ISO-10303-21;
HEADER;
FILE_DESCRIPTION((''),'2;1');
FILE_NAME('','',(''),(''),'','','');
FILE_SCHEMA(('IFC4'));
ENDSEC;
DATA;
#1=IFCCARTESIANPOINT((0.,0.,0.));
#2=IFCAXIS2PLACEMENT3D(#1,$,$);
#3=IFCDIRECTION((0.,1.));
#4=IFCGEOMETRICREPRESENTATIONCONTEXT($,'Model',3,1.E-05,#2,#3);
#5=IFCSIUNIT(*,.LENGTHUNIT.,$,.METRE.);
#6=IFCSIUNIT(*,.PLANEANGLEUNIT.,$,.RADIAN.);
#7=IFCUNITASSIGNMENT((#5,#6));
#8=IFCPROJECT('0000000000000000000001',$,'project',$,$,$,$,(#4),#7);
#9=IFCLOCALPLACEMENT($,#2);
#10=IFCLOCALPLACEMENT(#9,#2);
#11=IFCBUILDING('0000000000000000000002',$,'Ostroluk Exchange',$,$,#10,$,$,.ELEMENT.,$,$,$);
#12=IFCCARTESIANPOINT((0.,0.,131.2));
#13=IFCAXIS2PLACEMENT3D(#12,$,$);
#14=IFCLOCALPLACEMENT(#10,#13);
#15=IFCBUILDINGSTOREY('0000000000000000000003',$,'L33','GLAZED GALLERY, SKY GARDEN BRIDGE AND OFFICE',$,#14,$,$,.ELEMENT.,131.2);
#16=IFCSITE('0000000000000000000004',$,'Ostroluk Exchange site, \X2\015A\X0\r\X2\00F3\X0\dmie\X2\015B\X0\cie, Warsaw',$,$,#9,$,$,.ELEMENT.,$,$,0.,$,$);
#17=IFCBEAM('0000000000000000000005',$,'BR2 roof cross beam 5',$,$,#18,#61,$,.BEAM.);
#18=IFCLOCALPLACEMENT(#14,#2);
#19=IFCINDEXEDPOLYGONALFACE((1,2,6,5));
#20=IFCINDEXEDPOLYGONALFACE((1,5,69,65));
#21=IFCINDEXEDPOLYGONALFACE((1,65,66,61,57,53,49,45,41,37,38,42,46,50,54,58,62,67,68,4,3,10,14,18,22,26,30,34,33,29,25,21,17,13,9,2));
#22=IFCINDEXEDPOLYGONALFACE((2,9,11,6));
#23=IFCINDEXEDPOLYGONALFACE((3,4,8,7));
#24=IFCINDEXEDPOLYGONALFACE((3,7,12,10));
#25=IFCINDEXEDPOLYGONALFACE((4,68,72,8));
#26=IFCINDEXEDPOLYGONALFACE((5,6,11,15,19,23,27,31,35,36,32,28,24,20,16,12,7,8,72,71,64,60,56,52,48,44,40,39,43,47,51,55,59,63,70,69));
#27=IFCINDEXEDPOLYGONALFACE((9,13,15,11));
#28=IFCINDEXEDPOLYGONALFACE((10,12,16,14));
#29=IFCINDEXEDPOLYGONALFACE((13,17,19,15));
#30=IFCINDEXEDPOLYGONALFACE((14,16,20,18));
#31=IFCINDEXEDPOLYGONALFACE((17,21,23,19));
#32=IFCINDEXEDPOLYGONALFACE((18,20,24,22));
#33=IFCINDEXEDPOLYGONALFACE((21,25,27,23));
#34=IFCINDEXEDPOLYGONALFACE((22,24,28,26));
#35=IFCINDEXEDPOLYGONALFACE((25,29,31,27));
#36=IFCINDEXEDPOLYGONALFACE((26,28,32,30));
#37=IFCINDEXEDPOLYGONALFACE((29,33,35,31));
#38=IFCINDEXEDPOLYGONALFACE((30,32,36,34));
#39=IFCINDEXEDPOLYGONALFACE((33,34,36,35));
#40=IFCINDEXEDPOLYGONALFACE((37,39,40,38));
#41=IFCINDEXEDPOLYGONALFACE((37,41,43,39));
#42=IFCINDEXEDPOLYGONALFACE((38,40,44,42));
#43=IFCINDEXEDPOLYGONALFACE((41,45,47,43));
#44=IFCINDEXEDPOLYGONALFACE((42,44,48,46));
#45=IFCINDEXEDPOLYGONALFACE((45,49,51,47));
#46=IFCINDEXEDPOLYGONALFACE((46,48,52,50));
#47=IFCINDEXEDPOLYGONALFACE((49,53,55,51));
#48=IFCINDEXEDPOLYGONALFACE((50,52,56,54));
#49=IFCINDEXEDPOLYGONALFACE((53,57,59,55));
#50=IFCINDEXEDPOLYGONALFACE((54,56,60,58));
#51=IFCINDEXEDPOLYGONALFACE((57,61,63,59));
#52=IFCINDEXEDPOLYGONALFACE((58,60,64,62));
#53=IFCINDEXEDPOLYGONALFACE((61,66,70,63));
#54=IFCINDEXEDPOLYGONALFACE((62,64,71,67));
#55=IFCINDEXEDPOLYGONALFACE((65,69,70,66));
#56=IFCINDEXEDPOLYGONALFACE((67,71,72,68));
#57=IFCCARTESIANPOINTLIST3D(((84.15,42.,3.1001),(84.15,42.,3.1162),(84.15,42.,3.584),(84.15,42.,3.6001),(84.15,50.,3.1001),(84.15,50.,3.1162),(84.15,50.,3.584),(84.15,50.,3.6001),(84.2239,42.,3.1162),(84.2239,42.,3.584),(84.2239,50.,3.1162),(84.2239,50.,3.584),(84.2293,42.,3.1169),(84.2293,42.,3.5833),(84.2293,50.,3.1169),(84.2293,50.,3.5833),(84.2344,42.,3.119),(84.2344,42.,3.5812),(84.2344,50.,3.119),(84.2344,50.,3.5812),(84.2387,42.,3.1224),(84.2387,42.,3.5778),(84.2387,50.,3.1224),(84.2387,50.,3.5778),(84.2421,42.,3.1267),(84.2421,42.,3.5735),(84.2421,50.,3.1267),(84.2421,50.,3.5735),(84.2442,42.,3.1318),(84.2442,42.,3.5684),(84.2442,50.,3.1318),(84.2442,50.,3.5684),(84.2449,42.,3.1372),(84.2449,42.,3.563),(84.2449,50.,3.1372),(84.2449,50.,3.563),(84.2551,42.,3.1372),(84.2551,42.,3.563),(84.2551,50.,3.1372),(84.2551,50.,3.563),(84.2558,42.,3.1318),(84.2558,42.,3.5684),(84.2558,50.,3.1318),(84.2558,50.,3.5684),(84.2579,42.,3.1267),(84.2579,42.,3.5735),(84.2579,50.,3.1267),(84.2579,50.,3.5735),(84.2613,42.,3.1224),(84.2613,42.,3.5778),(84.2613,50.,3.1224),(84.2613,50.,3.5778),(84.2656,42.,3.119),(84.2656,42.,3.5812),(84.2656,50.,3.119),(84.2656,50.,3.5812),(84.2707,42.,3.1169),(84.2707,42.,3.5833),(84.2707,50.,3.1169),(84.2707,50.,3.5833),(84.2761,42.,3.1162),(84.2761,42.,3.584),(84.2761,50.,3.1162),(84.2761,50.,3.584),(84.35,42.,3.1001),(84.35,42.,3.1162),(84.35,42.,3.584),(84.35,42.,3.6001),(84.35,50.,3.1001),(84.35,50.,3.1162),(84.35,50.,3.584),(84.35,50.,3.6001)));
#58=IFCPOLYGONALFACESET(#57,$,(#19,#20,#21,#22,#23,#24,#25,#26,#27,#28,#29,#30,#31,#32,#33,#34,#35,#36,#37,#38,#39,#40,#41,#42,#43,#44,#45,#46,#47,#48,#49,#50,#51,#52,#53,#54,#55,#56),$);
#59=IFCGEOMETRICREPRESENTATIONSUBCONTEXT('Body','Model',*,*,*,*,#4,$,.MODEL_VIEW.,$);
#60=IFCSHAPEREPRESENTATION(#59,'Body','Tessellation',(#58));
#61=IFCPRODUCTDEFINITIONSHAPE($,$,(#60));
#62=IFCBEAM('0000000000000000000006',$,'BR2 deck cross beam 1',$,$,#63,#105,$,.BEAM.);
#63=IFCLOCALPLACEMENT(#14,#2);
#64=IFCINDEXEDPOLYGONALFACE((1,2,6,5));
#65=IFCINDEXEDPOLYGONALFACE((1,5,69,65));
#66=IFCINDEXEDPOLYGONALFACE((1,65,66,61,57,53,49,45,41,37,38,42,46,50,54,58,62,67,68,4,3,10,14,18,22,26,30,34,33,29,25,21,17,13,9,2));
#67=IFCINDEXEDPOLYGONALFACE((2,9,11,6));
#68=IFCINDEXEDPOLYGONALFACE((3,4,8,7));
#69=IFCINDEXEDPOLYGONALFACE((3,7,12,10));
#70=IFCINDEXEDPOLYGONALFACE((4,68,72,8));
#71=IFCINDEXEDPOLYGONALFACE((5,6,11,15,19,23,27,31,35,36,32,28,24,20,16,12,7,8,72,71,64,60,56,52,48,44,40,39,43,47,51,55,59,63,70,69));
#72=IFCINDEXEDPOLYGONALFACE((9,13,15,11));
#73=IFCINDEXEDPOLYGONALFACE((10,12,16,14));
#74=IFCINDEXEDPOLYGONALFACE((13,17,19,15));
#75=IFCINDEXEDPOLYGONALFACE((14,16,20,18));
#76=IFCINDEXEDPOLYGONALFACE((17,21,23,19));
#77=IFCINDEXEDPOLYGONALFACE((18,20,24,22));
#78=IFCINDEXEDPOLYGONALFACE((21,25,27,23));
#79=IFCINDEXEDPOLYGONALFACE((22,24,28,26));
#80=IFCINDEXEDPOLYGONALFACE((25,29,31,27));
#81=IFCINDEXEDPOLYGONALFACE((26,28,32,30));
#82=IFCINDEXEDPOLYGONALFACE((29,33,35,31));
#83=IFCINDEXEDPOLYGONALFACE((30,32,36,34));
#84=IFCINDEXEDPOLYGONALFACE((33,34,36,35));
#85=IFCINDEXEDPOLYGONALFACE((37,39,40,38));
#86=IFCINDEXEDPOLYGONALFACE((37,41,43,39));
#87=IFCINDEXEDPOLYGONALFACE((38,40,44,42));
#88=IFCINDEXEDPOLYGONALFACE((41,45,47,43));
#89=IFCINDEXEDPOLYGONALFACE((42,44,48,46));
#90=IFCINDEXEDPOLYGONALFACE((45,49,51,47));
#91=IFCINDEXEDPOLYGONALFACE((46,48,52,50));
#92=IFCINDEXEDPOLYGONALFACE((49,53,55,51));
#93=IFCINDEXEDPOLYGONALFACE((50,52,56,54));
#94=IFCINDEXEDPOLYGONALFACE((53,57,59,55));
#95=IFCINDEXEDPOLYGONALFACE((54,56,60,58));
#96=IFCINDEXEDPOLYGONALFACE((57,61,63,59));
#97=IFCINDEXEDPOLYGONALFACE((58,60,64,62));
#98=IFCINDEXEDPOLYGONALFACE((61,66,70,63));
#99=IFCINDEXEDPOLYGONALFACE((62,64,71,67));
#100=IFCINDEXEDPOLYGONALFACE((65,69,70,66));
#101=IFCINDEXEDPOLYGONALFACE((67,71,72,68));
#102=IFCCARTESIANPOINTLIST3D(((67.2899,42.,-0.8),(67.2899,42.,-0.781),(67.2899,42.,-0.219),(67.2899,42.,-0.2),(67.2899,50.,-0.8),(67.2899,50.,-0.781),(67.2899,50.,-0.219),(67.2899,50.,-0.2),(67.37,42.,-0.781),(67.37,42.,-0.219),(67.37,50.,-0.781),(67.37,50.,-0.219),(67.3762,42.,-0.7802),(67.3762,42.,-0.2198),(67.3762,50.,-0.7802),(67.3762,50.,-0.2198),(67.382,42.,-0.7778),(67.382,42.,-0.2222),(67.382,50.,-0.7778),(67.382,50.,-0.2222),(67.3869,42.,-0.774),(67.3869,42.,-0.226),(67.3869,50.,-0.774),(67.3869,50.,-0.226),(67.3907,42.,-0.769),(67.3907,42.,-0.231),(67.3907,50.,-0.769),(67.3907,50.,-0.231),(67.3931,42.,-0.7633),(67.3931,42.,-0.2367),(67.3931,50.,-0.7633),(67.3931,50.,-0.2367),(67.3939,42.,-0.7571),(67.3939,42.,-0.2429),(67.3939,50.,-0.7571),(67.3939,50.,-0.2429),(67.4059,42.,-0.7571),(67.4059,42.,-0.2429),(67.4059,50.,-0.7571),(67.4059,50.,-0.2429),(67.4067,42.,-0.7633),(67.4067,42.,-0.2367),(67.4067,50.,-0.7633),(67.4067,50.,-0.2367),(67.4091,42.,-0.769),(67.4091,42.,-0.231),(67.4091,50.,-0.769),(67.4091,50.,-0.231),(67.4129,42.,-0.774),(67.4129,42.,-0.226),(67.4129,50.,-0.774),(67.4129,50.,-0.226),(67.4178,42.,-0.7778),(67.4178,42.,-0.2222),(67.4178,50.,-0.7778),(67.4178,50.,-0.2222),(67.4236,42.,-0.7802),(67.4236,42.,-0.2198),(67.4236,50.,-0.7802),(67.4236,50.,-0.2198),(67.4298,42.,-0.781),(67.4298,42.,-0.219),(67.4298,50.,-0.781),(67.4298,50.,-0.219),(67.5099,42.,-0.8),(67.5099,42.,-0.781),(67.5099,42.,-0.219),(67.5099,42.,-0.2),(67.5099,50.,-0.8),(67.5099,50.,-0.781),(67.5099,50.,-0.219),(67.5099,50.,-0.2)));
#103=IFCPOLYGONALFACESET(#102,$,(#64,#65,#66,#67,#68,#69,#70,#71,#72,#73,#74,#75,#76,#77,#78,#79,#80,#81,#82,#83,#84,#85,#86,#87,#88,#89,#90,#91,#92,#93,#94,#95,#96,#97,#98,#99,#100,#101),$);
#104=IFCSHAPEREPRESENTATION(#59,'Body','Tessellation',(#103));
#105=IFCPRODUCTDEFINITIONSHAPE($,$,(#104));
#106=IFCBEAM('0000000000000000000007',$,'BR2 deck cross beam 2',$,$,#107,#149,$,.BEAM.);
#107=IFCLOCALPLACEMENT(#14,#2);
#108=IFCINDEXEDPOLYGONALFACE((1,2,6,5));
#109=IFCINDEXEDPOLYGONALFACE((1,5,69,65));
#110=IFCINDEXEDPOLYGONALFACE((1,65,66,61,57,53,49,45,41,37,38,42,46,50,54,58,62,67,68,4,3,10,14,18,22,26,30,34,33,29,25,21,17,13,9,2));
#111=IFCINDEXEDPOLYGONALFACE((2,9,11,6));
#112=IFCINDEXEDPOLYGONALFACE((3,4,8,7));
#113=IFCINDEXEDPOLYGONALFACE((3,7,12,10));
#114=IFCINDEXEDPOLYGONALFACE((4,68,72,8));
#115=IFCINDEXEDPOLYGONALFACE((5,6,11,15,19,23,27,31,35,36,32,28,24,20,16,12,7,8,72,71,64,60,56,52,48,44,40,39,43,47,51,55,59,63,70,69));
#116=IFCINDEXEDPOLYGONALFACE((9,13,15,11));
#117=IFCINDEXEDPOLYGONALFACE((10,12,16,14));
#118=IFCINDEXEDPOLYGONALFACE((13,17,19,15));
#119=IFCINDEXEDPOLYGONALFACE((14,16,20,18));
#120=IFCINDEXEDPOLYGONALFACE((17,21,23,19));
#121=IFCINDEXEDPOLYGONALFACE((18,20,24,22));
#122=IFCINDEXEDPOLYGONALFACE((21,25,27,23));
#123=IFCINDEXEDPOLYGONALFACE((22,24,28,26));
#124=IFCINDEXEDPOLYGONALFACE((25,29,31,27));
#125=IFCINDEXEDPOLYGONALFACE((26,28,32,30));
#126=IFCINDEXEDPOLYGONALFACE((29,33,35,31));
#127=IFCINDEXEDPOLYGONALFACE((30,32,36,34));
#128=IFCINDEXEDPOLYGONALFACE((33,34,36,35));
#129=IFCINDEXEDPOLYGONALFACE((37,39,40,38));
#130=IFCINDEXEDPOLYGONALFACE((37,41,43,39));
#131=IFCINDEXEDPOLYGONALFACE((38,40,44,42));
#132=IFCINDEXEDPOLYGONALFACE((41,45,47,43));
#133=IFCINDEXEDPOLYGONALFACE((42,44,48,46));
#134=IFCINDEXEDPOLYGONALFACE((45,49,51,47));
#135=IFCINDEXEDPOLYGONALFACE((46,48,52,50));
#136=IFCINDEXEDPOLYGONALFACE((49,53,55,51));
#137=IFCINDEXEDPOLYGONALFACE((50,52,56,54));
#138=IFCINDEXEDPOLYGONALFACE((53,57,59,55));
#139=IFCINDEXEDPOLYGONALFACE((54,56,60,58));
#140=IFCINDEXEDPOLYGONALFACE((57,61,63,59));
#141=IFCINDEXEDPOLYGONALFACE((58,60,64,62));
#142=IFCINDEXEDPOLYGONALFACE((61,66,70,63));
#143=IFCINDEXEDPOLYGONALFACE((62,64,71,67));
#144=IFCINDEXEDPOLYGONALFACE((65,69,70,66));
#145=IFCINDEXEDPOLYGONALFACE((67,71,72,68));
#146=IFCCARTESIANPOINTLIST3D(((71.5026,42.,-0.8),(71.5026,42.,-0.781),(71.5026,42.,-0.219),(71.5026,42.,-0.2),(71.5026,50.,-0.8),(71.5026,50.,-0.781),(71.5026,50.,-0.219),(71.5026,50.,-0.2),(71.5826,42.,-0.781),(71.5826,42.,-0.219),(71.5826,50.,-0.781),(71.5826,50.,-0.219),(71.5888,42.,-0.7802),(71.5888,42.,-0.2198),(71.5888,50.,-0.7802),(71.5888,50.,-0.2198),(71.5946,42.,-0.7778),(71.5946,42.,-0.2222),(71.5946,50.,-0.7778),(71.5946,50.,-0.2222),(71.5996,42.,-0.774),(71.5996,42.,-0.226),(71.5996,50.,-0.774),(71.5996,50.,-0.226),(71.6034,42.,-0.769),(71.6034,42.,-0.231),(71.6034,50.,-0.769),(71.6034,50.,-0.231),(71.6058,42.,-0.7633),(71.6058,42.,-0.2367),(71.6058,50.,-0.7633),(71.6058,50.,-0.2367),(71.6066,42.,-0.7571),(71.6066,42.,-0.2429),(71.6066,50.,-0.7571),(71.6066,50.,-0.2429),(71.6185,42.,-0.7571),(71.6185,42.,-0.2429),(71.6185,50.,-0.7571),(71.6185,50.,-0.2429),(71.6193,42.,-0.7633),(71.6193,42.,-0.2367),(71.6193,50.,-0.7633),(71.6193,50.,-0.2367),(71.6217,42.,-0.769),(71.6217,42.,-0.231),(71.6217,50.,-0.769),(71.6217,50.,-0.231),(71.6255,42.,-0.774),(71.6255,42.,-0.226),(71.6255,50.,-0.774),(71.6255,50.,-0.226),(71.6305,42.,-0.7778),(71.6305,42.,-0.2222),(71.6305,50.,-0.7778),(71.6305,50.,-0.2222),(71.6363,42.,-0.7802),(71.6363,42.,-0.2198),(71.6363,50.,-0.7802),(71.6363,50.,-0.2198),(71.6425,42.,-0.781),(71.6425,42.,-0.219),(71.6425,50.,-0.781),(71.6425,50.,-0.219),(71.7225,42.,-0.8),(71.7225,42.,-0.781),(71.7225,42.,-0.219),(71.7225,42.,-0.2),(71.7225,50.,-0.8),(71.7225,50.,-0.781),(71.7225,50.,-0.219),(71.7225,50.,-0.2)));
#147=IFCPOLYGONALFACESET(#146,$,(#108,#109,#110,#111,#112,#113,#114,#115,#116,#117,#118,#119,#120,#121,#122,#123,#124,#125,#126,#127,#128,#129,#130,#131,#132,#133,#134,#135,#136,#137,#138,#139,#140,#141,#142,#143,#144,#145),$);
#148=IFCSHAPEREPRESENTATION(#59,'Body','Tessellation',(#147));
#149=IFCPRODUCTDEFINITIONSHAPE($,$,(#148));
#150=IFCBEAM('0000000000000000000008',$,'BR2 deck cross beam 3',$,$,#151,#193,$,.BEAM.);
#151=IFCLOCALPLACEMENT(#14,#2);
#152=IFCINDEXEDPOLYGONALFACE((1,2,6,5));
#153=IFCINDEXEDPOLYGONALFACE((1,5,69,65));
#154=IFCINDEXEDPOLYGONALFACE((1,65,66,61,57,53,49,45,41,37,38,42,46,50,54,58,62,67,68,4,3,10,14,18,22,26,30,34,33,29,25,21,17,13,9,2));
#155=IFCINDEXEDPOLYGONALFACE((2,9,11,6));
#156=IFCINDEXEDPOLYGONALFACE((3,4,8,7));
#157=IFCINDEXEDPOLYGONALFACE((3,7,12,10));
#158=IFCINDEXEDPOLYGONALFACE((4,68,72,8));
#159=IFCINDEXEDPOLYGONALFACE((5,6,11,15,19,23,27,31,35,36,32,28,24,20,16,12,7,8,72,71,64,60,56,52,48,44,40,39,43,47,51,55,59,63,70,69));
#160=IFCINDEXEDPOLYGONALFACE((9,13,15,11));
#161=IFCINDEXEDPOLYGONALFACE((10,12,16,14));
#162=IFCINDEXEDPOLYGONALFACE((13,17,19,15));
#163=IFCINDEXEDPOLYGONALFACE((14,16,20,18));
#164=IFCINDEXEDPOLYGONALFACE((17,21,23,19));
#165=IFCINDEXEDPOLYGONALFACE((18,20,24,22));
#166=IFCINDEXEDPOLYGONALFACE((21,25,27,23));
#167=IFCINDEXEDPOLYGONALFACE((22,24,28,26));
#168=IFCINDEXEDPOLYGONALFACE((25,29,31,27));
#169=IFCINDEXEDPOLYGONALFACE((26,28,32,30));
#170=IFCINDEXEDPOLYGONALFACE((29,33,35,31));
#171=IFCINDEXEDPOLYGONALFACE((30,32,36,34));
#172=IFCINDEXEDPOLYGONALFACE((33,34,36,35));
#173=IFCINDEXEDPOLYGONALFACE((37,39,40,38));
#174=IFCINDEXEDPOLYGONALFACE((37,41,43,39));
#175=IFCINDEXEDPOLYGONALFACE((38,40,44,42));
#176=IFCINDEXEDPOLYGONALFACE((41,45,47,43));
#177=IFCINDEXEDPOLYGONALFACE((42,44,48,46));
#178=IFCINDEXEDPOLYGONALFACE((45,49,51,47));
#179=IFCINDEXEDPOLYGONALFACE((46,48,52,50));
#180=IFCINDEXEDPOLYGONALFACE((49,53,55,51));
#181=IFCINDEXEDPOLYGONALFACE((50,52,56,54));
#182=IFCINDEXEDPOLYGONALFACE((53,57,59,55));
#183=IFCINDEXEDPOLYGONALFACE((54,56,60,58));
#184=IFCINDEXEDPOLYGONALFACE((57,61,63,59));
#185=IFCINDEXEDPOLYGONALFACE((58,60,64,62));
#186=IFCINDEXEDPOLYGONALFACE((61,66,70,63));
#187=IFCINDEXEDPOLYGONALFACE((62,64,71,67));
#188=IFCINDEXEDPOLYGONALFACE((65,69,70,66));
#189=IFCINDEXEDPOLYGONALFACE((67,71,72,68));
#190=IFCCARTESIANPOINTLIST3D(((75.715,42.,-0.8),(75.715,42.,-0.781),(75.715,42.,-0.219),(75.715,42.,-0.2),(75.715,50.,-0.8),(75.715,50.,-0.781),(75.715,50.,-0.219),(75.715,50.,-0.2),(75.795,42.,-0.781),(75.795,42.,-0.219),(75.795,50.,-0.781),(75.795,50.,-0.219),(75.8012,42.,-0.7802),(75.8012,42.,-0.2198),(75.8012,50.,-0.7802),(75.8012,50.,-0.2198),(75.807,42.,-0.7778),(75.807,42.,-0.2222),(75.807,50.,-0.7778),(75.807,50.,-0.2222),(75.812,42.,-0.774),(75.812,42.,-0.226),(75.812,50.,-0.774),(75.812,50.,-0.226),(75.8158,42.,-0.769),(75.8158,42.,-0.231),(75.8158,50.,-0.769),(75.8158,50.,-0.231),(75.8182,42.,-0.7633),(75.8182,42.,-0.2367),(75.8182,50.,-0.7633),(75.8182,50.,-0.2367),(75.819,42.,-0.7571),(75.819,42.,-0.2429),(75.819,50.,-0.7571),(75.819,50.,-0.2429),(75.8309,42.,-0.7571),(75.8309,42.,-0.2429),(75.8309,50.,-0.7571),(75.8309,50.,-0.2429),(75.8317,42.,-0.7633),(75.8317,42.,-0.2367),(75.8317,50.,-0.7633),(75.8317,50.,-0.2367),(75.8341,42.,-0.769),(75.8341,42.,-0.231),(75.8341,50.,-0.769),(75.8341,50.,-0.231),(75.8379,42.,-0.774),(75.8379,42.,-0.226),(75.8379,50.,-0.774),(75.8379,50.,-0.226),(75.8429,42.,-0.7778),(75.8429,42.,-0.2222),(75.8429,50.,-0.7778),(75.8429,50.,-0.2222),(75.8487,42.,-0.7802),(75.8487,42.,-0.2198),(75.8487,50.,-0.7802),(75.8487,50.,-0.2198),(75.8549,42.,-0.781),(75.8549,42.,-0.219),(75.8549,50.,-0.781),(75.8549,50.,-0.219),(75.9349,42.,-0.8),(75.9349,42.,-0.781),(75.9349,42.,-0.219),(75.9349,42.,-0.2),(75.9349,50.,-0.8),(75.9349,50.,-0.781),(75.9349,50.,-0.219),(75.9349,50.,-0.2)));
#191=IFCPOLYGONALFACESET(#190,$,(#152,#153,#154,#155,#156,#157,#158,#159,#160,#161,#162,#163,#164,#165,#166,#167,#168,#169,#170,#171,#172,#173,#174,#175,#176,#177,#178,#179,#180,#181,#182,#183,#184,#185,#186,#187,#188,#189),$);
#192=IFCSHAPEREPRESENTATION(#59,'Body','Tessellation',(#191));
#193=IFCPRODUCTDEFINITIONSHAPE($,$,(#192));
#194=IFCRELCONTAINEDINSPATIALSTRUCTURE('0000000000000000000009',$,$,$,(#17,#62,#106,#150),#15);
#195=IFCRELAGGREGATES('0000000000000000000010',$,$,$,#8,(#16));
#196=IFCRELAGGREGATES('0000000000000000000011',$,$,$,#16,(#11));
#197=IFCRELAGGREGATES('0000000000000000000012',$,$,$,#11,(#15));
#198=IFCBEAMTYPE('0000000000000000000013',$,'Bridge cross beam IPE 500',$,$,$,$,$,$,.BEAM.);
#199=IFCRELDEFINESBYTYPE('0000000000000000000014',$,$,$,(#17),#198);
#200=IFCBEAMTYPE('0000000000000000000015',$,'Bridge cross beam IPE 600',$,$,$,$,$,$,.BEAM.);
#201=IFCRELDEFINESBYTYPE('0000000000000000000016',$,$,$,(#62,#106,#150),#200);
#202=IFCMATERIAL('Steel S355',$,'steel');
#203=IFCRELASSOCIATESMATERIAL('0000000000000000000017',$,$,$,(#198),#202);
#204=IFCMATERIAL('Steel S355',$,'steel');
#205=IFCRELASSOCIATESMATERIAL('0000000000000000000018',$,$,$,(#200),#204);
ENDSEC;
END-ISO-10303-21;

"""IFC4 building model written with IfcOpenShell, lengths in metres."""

from ifc_helpers import new_model, si_unit, direction, frame, origin, origin_2d, place, context, subcontext, project, spatial, i_section, extrude, material, material_profile, profile_set, type_object, element, save


model = new_model("IFC4")

# Units and contexts
model_context = context("Model", 3, precision=1e-05, world=origin(), true_north=direction((0.0, 1.0)))
body_context = subcontext(model_context, "Body", "Model", "MODEL_VIEW")
ifc_project = project(units=[si_unit("LENGTHUNIT", "METRE"), si_unit("PLANEANGLEUNIT", "RADIAN")], contexts=[model_context])

# Site, building, storey
site_placement = place(None, origin())
site = spatial("IfcSite", under=ifc_project, at=site_placement, Name="Ostroluk Exchange site, Śródmieście, Warsaw", CompositionType="ELEMENT", RefElevation=0.0)
building_placement = place(site_placement, origin())
building = spatial("IfcBuilding", under=site, at=building_placement, Name="Ostroluk Exchange", CompositionType="ELEMENT")
storey_placement = place(building_placement, frame((0.0, 0.0, 131.2)))
storey = spatial("IfcBuildingStorey", under=building, at=storey_placement, Name="L33", Description="GLAZED GALLERY, SKY GARDEN BRIDGE AND OFFICE", CompositionType="ELEMENT", Elevation=131.2)

# Beams
ifc_material_1 = material(Name="Steel S355", Category="steel")
ifc_material_profile_1 = material_profile(ifc_material_1, i_section(OverallWidth=0.2, OverallDepth=0.5, WebThickness=0.0103, FlangeThickness=0.0161, FilletRadius=0.021, at=origin_2d()), Name="IPE 500")
ifc_profile_set_1 = profile_set([ifc_material_profile_1], Name="Steel S355")
beam_type_1 = type_object("IfcBeamType", Name="Bridge cross beam IPE 500", PredefinedType="BEAM", material=ifc_profile_set_1)
for number, where, z_axis, x_axis, name in (
    (1, (84.25, 42.0, 3.3501), (0.0, 1.0, 0.0), (-1.0, 0.0, 0.0), "BR2 roof cross beam 5"),
):
    element("IfcBeam", number, at=place(storey_placement, frame(where, z_axis=z_axis, x_axis=x_axis)), inside=storey, type_object=beam_type_1, Name=name, PredefinedType="BEAM", context=body_context, shape_type="SweptSolid", body=[
        extrude(i_section(OverallWidth=0.2, OverallDepth=0.5, WebThickness=0.0103, FlangeThickness=0.0161, FilletRadius=0.021, at=origin_2d()), origin(), (0.0, 0.0, 1.0), 8.0),
    ])
ifc_material_2 = material(Name="Steel S355", Category="steel")
ifc_material_profile_2 = material_profile(ifc_material_2, i_section(OverallWidth=0.22, OverallDepth=0.6001, WebThickness=0.012, FlangeThickness=0.019, FilletRadius=0.0239, at=origin_2d()), Name="IPE 600")
ifc_profile_set_2 = profile_set([ifc_material_profile_2], Name="Steel S355")
beam_type_2 = type_object("IfcBeamType", Name="Bridge cross beam IPE 600", PredefinedType="BEAM", material=ifc_profile_set_2)
for number, where, z_axis, x_axis, name in (
    (2, (67.3999, 42.0, -0.5), (0.0, 1.0, 0.0), (-1.0, 0.0, 0.0), "BR2 deck cross beam 1"),
    (3, (71.6125, 42.0, -0.5), (0.0, 1.0, 0.0), (-1.0, 0.0, 0.0), "BR2 deck cross beam 2"),
    (4, (75.825, 42.0, -0.5), (0.0, 1.0, 0.0), (-1.0, 0.0, 0.0), "BR2 deck cross beam 3"),
):
    element("IfcBeam", number, at=place(storey_placement, frame(where, z_axis=z_axis, x_axis=x_axis)), inside=storey, type_object=beam_type_2, Name=name, PredefinedType="BEAM", context=body_context, shape_type="SweptSolid", body=[
        extrude(i_section(OverallWidth=0.22, OverallDepth=0.6001, WebThickness=0.012, FlangeThickness=0.019, FilletRadius=0.0239, at=origin_2d()), origin(), (0.0, 0.0, 1.0), 8.0),
    ])

save(model, "model.ifc")
